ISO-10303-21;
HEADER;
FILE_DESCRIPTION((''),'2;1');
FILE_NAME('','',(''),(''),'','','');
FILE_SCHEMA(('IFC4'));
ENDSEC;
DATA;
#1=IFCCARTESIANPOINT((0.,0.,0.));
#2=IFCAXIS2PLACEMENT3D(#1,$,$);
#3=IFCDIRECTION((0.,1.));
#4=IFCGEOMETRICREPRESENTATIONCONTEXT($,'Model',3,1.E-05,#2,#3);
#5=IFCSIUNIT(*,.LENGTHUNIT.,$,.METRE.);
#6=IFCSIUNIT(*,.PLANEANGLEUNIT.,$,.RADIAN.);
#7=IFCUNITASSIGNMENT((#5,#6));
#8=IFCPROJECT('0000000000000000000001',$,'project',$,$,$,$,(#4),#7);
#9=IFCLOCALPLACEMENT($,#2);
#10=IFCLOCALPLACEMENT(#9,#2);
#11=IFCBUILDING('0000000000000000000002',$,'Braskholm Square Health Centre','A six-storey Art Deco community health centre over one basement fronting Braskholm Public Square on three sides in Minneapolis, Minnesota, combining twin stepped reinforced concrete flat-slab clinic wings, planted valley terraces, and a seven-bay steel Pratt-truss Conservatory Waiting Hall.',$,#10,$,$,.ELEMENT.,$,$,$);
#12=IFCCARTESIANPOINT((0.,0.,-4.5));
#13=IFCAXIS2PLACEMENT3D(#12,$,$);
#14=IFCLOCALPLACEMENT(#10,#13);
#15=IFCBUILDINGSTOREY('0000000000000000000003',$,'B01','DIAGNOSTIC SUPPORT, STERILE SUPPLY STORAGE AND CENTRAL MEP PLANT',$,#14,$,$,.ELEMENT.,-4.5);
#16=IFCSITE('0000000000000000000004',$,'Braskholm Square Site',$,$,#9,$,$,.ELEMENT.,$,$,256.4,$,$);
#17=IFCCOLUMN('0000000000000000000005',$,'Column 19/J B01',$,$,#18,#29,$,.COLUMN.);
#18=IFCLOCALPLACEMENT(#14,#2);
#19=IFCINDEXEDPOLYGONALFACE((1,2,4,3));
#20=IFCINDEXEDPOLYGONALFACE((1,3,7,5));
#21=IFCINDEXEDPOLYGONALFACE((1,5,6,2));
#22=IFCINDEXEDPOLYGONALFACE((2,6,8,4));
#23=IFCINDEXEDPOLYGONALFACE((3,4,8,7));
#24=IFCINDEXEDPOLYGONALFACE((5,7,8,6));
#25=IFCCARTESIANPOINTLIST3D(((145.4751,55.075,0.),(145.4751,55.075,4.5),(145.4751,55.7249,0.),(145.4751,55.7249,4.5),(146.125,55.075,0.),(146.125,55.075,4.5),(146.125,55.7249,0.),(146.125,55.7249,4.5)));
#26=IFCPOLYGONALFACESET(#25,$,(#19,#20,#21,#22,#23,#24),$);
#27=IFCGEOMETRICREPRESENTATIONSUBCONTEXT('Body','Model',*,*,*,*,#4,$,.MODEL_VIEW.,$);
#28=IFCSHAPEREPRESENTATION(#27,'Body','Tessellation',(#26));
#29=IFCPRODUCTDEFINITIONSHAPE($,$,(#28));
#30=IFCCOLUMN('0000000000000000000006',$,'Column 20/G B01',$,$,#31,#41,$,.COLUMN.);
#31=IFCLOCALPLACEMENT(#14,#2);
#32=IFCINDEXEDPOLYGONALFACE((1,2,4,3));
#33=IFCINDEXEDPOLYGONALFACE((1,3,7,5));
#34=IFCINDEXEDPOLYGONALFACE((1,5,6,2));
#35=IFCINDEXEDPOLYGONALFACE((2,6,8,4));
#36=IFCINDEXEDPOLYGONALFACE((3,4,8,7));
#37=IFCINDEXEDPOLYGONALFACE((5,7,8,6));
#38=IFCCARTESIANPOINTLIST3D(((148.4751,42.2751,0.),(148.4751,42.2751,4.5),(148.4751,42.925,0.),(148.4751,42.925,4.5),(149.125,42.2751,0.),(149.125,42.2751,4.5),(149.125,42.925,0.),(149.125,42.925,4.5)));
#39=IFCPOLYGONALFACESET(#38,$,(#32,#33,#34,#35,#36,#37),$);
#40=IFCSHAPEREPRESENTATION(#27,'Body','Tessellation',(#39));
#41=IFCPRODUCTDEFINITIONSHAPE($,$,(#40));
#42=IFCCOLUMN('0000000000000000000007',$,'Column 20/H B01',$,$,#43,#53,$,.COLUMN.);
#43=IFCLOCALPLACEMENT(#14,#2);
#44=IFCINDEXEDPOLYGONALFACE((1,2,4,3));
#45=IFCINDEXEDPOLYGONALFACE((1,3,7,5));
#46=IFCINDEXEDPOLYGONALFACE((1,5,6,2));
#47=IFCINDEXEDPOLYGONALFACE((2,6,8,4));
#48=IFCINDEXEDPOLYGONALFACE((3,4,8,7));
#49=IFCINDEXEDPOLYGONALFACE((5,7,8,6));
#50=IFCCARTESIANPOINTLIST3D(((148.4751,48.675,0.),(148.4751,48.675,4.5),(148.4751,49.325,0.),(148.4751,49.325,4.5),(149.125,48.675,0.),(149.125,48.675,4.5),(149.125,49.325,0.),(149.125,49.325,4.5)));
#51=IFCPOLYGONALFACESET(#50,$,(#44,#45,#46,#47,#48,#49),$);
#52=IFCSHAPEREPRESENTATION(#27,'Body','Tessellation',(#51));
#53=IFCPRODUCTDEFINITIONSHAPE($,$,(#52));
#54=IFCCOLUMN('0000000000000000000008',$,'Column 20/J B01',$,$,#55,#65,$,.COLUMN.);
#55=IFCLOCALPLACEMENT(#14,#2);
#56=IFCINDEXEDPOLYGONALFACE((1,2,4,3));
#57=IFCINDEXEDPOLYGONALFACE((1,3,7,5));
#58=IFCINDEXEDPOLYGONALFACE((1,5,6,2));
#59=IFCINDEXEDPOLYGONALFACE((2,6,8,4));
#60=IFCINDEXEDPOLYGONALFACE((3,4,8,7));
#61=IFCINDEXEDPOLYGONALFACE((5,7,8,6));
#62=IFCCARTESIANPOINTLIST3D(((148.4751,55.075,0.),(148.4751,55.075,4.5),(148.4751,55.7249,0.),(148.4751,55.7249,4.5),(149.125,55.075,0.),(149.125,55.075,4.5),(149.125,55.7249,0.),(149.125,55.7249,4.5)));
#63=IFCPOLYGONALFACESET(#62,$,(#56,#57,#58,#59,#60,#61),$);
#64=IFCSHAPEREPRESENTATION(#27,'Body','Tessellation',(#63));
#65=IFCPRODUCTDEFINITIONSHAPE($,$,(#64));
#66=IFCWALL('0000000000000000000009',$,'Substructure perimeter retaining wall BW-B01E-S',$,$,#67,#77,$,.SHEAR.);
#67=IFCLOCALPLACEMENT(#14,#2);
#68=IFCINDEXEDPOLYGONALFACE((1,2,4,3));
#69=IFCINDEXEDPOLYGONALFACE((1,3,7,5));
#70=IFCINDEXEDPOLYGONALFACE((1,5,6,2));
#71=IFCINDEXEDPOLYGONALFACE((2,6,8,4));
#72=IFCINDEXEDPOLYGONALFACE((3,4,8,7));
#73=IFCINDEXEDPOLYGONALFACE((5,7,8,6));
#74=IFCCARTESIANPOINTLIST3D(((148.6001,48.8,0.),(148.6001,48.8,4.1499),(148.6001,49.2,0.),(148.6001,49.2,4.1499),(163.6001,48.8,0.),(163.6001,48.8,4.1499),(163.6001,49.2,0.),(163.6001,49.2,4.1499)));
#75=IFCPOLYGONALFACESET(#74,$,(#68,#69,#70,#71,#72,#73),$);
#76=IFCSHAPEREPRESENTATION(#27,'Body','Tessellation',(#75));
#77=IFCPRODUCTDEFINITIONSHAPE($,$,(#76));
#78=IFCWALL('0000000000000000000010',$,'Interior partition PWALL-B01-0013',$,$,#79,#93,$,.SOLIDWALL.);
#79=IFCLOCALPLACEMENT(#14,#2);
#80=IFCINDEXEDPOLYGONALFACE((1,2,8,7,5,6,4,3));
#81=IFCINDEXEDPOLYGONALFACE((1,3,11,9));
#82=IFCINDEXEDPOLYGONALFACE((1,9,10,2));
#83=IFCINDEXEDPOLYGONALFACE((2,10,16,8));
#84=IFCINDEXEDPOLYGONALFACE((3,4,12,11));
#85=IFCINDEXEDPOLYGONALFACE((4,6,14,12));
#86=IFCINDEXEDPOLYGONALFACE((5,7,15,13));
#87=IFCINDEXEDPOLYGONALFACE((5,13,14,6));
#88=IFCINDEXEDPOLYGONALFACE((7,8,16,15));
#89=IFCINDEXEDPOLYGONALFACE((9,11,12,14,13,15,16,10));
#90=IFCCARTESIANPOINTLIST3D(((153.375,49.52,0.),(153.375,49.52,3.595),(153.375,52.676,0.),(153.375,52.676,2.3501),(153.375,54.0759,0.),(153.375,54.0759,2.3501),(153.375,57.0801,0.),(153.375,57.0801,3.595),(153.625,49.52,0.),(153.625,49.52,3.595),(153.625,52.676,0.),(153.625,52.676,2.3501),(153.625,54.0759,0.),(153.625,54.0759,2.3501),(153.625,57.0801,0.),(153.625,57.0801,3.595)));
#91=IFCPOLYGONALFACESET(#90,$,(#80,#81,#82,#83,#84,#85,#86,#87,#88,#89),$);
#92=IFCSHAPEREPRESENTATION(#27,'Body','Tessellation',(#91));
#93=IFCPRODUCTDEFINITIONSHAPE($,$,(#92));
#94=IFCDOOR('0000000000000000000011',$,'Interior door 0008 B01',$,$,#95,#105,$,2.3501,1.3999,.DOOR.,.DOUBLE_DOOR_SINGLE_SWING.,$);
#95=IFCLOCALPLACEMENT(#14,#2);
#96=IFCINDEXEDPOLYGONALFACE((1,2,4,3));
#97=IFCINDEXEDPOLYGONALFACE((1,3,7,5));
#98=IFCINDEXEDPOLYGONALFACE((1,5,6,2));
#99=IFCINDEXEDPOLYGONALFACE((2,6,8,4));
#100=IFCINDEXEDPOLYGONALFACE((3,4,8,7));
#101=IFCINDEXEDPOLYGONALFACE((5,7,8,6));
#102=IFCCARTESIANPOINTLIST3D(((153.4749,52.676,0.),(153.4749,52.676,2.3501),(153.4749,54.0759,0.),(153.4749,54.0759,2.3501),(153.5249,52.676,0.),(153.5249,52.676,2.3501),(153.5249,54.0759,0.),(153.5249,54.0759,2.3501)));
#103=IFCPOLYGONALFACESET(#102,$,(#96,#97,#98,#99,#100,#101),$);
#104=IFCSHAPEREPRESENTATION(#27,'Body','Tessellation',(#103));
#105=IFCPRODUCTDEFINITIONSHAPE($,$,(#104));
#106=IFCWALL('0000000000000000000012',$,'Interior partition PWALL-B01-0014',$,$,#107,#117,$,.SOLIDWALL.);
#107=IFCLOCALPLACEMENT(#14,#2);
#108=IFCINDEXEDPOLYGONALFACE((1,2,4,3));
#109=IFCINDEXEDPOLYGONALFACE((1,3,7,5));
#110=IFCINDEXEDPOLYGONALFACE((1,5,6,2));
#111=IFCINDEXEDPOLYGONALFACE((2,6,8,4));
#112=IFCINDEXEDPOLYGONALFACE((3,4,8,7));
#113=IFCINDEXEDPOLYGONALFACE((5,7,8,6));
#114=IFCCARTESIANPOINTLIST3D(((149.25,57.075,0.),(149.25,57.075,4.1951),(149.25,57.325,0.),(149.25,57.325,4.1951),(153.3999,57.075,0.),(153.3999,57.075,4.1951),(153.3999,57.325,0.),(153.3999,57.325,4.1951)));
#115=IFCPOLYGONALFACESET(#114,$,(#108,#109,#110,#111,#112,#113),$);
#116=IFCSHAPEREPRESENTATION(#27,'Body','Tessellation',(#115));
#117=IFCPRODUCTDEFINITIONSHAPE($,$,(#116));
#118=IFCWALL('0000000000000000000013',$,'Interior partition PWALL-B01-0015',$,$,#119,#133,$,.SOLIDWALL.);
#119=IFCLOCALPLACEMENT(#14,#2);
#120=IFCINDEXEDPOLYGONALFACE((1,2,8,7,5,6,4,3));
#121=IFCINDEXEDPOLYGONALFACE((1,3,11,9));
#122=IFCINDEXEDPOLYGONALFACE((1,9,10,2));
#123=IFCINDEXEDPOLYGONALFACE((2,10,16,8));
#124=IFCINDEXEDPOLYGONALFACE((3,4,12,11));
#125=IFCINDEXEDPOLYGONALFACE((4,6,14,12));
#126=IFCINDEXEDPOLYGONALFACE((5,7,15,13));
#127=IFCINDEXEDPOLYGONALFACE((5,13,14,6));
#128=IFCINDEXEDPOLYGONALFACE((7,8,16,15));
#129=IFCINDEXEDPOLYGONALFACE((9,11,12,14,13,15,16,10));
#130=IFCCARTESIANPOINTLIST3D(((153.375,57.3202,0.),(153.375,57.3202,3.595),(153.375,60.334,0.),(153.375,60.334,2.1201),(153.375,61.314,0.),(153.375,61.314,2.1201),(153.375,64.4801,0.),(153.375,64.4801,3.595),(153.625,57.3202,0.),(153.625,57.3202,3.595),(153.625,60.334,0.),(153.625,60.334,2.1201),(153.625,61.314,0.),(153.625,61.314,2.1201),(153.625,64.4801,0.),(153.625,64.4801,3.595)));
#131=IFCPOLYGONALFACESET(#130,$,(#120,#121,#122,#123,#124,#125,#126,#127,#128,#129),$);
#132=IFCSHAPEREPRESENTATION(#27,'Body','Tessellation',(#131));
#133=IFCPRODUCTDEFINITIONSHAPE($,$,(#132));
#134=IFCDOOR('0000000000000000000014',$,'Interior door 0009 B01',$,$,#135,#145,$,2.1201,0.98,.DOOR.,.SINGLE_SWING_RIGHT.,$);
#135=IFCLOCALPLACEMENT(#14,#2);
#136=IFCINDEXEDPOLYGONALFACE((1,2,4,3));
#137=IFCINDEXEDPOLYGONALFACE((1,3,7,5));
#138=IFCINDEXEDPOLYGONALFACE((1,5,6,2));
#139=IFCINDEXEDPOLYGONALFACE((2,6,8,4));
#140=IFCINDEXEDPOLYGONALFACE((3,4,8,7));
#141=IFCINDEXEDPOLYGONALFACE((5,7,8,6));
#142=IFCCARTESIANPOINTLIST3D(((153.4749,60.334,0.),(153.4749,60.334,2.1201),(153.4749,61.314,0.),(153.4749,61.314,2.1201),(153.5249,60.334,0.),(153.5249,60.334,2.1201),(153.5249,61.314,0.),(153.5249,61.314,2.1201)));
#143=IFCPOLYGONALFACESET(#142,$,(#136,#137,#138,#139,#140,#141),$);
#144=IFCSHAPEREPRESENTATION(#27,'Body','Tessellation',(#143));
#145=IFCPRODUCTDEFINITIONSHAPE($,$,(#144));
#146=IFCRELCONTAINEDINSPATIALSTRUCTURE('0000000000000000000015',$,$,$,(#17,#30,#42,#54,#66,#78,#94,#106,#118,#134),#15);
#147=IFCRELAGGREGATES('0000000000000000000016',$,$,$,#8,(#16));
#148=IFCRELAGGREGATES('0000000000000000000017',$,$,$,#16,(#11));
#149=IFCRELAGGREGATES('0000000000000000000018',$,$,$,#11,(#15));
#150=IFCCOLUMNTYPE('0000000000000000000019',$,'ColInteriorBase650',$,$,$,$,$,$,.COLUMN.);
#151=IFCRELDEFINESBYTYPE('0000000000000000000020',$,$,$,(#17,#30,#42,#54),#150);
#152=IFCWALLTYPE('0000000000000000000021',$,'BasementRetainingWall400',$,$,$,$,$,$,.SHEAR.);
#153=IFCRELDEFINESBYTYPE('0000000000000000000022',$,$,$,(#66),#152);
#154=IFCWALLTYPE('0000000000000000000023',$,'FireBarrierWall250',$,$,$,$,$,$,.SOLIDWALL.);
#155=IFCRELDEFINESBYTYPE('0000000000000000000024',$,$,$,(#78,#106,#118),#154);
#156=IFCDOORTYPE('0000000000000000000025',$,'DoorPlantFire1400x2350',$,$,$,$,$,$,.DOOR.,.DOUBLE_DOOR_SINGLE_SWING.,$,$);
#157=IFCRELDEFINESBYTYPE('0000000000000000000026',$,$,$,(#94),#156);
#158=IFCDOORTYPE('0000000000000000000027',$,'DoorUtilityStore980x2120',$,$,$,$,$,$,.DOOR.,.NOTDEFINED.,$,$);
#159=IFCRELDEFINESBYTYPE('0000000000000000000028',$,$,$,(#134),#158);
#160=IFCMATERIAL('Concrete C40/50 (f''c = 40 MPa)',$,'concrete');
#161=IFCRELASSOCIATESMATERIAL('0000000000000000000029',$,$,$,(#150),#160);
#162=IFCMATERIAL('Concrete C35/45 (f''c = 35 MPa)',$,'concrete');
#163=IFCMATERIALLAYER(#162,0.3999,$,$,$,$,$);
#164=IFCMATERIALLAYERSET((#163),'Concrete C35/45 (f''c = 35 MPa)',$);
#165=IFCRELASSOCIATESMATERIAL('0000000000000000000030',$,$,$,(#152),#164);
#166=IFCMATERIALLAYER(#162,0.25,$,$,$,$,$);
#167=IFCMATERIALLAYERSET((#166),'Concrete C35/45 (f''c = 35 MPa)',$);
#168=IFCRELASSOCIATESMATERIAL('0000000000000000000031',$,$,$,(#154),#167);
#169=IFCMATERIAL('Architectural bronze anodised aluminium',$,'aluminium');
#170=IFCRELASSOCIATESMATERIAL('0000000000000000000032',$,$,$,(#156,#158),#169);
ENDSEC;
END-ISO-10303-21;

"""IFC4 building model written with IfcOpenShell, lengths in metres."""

from ifc_helpers import new_model, si_unit, direction, frame, frame_2d, origin, origin_2d, place, context, subcontext, project, spatial, rectangle, extrude, material, layer, layer_set, material_profile, profile_set, type_object, element, fill, save


model = new_model("IFC4")

# Units and contexts
model_context = context("Model", 3, precision=1e-05, world=origin(), true_north=direction((0.0, 1.0)))
body_context = subcontext(model_context, "Body", "Model", "MODEL_VIEW")
ifc_project = project(units=[si_unit("LENGTHUNIT", "METRE"), si_unit("PLANEANGLEUNIT", "RADIAN")], contexts=[model_context])

# Site, building, storey
site_placement = place(None, origin())
site = spatial("IfcSite", under=ifc_project, at=site_placement, Name="Braskholm Square Site", CompositionType="ELEMENT", RefElevation=256.4)
building_placement = place(site_placement, origin())
building = spatial("IfcBuilding", under=site, at=building_placement, Name="Braskholm Square Health Centre", Description="A six-storey Art Deco community health centre over one basement fronting Braskholm Public Square on three sides in Minneapolis, Minnesota, combining twin stepped reinforced concrete flat-slab clinic wings, planted valley terraces, and a seven-bay steel Pratt-truss Conservatory Waiting Hall.", CompositionType="ELEMENT")
storey_placement = place(building_placement, frame((0.0, 0.0, -4.5)))
storey = spatial("IfcBuildingStorey", under=building, at=storey_placement, Name="B01", Description="DIAGNOSTIC SUPPORT, STERILE SUPPLY STORAGE AND CENTRAL MEP PLANT", CompositionType="ELEMENT", Elevation=-4.5)

# Shared definitions
ifc_material_1 = material(Name="Concrete C40/50 (f'c = 40 MPa)", Category="concrete")

# Columns
ifc_material_profile_1 = material_profile(ifc_material_1, rectangle(XDim=0.6499, YDim=0.6499, at=origin_2d()), Name="RC-650X650")
ifc_profile_set_1 = profile_set([ifc_material_profile_1], Name="Concrete C40/50 (f'c = 40 MPa)")
column_type = type_object("IfcColumnType", Name="ColInteriorBase650", PredefinedType="COLUMN", material=ifc_profile_set_1)
for number, where, z_axis, x_axis, name in (
    (1, (145.8, 55.3999, 0.0), (0.0, 0.0, 1.0), (1.0, 0.0, 0.0), "Column 19/J B01"),
    (2, (148.8, 42.6001, 0.0), (0.0, 0.0, 1.0), (1.0, 0.0, 0.0), "Column 20/G B01"),
    (3, (148.8, 49.0, 0.0), (0.0, 0.0, 1.0), (1.0, 0.0, 0.0), "Column 20/H B01"),
    (4, (148.8, 55.3999, 0.0), (0.0, 0.0, 1.0), (1.0, 0.0, 0.0), "Column 20/J B01"),
):
    element("IfcColumn", number, at=place(storey_placement, frame(where, z_axis=z_axis, x_axis=x_axis)), inside=storey, type_object=column_type, Name=name, PredefinedType="COLUMN", context=body_context, shape_type="SweptSolid", body=[
        extrude(rectangle(XDim=0.6499, YDim=0.6499, at=origin_2d()), origin(), (0.0, 0.0, 1.0), 4.5),
    ])

# Wall
ifc_material_2 = material(Name="Concrete C35/45 (f'c = 35 MPa)", Category="concrete")
ifc_layer_1 = layer(ifc_material_2, 0.3999)
ifc_layer_set_1 = layer_set([ifc_layer_1], Name="Concrete C35/45 (f'c = 35 MPa)")
wall_type_1 = type_object("IfcWallType", Name="BasementRetainingWall400", PredefinedType="SHEAR", material=ifc_layer_set_1)
wall_1_placement = place(storey_placement, frame((148.6001, 49.0, 0.0), z_axis=(0.0, 0.0, 1.0), x_axis=(1.0, 0.0, 0.0)))
element("IfcWall", 5, at=wall_1_placement, inside=storey, type_object=wall_type_1, Name="Substructure perimeter retaining wall BW-B01E-S", PredefinedType="SHEAR", context=body_context, shape_type="SweptSolid", body=[
    extrude(rectangle(XDim=15.0, YDim=0.3999, at=frame_2d((7.5, 0.0))), origin(), (0.0, 0.0, 1.0), 4.1499),
])

# Wall, opening, door
ifc_layer_2 = layer(ifc_material_2, 0.25)
ifc_layer_set_2 = layer_set([ifc_layer_2], Name="Concrete C35/45 (f'c = 35 MPa)")
wall_type_2 = type_object("IfcWallType", Name="FireBarrierWall250", PredefinedType="SOLIDWALL", material=ifc_layer_set_2)
wall_2_placement = place(storey_placement, frame((153.5, 49.52, 0.0), z_axis=(0.0, 0.0, 1.0), x_axis=(0.0, 1.0, 0.0)))
wall_2 = element("IfcWall", 6, at=wall_2_placement, inside=storey, type_object=wall_type_2, Name="Interior partition PWALL-B01-0013", PredefinedType="SOLIDWALL", context=body_context, shape_type="SweptSolid", body=[
    extrude(rectangle(XDim=7.5601, YDim=0.25, at=frame_2d((3.78, 0.0))), origin(), (0.0, 0.0, 1.0), 3.595),
])
opening_1_placement = place(wall_2_placement, frame((3.156, 0.0, 0.0)))
opening_1 = element("IfcOpeningElement", 7, at=opening_1_placement, cuts=wall_2, PredefinedType="OPENING", context=body_context, shape_type="SweptSolid", body=[
    extrude(rectangle(XDim=1.3999, YDim=2.3501, at=frame_2d((0.7, 1.175))), frame((0.0, 0.135, 0.0), z_axis=(0.0, -1.0, 0.0), x_axis=(1.0, 0.0, 0.0)), (0.0, 0.0, 1.0), 0.27),
])
ifc_material_3 = material(Name="Architectural bronze anodised aluminium", Category="aluminium")
door_type_1 = type_object("IfcDoorType", Name="DoorPlantFire1400x2350", OperationType="DOUBLE_DOOR_SINGLE_SWING", PredefinedType="DOOR", material=ifc_material_3)
door_1_placement = place(opening_1_placement, frame((1.3999, 0.0, 0.0), z_axis=(0.0, 0.0, 1.0), x_axis=(-1.0, 0.0, 0.0)))
door_1 = element("IfcDoor", 8, at=door_1_placement, inside=storey, type_object=door_type_1, Name="Interior door 0008 B01", OperationType="DOUBLE_DOOR_SINGLE_SWING", OverallHeight=2.3501, OverallWidth=1.3999, PredefinedType="DOOR", context=body_context, shape_type="SweptSolid", body=[
    extrude(rectangle(XDim=1.3999, YDim=2.3501, at=frame_2d((0.7, 1.175))), frame((0.0, 0.0249, 0.0), z_axis=(0.0, -1.0, 0.0), x_axis=(1.0, 0.0, 0.0)), (0.0, 0.0, 1.0), 0.05),
])
fill(opening_1, door_1)

# Wall
wall_3_placement = place(storey_placement, frame((149.25, 57.2, 0.0), z_axis=(0.0, 0.0, 1.0), x_axis=(1.0, 0.0, 0.0)))
element("IfcWall", 9, at=wall_3_placement, inside=storey, type_object=wall_type_2, Name="Interior partition PWALL-B01-0014", PredefinedType="SOLIDWALL", context=body_context, shape_type="SweptSolid", body=[
    extrude(rectangle(XDim=4.1499, YDim=0.25, at=frame_2d((2.075, 0.0))), origin(), (0.0, 0.0, 1.0), 4.1951),
])

# Wall, opening, door
wall_4_placement = place(storey_placement, frame((153.5, 57.3201, 0.0), z_axis=(0.0, 0.0, 1.0), x_axis=(0.0, 1.0, 0.0)))
wall_4 = element("IfcWall", 10, at=wall_4_placement, inside=storey, type_object=wall_type_2, Name="Interior partition PWALL-B01-0015", PredefinedType="SOLIDWALL", context=body_context, shape_type="SweptSolid", body=[
    extrude(rectangle(XDim=7.1599, YDim=0.25, at=frame_2d((3.5801, 0.0))), origin(), (0.0, 0.0, 1.0), 3.595),
])
opening_2_placement = place(wall_4_placement, frame((3.0139, 0.0, 0.0)))
opening_2 = element("IfcOpeningElement", 11, at=opening_2_placement, cuts=wall_4, PredefinedType="OPENING", context=body_context, shape_type="SweptSolid", body=[
    extrude(rectangle(XDim=0.98, YDim=2.1201, at=frame_2d((0.49, 1.0601))), frame((0.0, 0.135, 0.0), z_axis=(0.0, -1.0, 0.0), x_axis=(1.0, 0.0, 0.0)), (0.0, 0.0, 1.0), 0.27),
])
door_type_2 = type_object("IfcDoorType", Name="DoorUtilityStore980x2120", OperationType="NOTDEFINED", PredefinedType="DOOR", material=ifc_material_3)
door_2_placement = place(opening_2_placement, frame((0.98, 0.0, 0.0), z_axis=(0.0, 0.0, 1.0), x_axis=(-1.0, 0.0, 0.0)))
door_2 = element("IfcDoor", 12, at=door_2_placement, inside=storey, type_object=door_type_2, Name="Interior door 0009 B01", OperationType="SINGLE_SWING_RIGHT", OverallHeight=2.1201, OverallWidth=0.98, PredefinedType="DOOR", context=body_context, shape_type="SweptSolid", body=[
    extrude(rectangle(XDim=0.98, YDim=2.1201, at=frame_2d((0.49, 1.0601))), frame((0.0, 0.0249, 0.0), z_axis=(0.0, -1.0, 0.0), x_axis=(1.0, 0.0, 0.0)), (0.0, 0.0, 1.0), 0.05),
])
fill(opening_2, door_2)

save(model, "model.ifc")
